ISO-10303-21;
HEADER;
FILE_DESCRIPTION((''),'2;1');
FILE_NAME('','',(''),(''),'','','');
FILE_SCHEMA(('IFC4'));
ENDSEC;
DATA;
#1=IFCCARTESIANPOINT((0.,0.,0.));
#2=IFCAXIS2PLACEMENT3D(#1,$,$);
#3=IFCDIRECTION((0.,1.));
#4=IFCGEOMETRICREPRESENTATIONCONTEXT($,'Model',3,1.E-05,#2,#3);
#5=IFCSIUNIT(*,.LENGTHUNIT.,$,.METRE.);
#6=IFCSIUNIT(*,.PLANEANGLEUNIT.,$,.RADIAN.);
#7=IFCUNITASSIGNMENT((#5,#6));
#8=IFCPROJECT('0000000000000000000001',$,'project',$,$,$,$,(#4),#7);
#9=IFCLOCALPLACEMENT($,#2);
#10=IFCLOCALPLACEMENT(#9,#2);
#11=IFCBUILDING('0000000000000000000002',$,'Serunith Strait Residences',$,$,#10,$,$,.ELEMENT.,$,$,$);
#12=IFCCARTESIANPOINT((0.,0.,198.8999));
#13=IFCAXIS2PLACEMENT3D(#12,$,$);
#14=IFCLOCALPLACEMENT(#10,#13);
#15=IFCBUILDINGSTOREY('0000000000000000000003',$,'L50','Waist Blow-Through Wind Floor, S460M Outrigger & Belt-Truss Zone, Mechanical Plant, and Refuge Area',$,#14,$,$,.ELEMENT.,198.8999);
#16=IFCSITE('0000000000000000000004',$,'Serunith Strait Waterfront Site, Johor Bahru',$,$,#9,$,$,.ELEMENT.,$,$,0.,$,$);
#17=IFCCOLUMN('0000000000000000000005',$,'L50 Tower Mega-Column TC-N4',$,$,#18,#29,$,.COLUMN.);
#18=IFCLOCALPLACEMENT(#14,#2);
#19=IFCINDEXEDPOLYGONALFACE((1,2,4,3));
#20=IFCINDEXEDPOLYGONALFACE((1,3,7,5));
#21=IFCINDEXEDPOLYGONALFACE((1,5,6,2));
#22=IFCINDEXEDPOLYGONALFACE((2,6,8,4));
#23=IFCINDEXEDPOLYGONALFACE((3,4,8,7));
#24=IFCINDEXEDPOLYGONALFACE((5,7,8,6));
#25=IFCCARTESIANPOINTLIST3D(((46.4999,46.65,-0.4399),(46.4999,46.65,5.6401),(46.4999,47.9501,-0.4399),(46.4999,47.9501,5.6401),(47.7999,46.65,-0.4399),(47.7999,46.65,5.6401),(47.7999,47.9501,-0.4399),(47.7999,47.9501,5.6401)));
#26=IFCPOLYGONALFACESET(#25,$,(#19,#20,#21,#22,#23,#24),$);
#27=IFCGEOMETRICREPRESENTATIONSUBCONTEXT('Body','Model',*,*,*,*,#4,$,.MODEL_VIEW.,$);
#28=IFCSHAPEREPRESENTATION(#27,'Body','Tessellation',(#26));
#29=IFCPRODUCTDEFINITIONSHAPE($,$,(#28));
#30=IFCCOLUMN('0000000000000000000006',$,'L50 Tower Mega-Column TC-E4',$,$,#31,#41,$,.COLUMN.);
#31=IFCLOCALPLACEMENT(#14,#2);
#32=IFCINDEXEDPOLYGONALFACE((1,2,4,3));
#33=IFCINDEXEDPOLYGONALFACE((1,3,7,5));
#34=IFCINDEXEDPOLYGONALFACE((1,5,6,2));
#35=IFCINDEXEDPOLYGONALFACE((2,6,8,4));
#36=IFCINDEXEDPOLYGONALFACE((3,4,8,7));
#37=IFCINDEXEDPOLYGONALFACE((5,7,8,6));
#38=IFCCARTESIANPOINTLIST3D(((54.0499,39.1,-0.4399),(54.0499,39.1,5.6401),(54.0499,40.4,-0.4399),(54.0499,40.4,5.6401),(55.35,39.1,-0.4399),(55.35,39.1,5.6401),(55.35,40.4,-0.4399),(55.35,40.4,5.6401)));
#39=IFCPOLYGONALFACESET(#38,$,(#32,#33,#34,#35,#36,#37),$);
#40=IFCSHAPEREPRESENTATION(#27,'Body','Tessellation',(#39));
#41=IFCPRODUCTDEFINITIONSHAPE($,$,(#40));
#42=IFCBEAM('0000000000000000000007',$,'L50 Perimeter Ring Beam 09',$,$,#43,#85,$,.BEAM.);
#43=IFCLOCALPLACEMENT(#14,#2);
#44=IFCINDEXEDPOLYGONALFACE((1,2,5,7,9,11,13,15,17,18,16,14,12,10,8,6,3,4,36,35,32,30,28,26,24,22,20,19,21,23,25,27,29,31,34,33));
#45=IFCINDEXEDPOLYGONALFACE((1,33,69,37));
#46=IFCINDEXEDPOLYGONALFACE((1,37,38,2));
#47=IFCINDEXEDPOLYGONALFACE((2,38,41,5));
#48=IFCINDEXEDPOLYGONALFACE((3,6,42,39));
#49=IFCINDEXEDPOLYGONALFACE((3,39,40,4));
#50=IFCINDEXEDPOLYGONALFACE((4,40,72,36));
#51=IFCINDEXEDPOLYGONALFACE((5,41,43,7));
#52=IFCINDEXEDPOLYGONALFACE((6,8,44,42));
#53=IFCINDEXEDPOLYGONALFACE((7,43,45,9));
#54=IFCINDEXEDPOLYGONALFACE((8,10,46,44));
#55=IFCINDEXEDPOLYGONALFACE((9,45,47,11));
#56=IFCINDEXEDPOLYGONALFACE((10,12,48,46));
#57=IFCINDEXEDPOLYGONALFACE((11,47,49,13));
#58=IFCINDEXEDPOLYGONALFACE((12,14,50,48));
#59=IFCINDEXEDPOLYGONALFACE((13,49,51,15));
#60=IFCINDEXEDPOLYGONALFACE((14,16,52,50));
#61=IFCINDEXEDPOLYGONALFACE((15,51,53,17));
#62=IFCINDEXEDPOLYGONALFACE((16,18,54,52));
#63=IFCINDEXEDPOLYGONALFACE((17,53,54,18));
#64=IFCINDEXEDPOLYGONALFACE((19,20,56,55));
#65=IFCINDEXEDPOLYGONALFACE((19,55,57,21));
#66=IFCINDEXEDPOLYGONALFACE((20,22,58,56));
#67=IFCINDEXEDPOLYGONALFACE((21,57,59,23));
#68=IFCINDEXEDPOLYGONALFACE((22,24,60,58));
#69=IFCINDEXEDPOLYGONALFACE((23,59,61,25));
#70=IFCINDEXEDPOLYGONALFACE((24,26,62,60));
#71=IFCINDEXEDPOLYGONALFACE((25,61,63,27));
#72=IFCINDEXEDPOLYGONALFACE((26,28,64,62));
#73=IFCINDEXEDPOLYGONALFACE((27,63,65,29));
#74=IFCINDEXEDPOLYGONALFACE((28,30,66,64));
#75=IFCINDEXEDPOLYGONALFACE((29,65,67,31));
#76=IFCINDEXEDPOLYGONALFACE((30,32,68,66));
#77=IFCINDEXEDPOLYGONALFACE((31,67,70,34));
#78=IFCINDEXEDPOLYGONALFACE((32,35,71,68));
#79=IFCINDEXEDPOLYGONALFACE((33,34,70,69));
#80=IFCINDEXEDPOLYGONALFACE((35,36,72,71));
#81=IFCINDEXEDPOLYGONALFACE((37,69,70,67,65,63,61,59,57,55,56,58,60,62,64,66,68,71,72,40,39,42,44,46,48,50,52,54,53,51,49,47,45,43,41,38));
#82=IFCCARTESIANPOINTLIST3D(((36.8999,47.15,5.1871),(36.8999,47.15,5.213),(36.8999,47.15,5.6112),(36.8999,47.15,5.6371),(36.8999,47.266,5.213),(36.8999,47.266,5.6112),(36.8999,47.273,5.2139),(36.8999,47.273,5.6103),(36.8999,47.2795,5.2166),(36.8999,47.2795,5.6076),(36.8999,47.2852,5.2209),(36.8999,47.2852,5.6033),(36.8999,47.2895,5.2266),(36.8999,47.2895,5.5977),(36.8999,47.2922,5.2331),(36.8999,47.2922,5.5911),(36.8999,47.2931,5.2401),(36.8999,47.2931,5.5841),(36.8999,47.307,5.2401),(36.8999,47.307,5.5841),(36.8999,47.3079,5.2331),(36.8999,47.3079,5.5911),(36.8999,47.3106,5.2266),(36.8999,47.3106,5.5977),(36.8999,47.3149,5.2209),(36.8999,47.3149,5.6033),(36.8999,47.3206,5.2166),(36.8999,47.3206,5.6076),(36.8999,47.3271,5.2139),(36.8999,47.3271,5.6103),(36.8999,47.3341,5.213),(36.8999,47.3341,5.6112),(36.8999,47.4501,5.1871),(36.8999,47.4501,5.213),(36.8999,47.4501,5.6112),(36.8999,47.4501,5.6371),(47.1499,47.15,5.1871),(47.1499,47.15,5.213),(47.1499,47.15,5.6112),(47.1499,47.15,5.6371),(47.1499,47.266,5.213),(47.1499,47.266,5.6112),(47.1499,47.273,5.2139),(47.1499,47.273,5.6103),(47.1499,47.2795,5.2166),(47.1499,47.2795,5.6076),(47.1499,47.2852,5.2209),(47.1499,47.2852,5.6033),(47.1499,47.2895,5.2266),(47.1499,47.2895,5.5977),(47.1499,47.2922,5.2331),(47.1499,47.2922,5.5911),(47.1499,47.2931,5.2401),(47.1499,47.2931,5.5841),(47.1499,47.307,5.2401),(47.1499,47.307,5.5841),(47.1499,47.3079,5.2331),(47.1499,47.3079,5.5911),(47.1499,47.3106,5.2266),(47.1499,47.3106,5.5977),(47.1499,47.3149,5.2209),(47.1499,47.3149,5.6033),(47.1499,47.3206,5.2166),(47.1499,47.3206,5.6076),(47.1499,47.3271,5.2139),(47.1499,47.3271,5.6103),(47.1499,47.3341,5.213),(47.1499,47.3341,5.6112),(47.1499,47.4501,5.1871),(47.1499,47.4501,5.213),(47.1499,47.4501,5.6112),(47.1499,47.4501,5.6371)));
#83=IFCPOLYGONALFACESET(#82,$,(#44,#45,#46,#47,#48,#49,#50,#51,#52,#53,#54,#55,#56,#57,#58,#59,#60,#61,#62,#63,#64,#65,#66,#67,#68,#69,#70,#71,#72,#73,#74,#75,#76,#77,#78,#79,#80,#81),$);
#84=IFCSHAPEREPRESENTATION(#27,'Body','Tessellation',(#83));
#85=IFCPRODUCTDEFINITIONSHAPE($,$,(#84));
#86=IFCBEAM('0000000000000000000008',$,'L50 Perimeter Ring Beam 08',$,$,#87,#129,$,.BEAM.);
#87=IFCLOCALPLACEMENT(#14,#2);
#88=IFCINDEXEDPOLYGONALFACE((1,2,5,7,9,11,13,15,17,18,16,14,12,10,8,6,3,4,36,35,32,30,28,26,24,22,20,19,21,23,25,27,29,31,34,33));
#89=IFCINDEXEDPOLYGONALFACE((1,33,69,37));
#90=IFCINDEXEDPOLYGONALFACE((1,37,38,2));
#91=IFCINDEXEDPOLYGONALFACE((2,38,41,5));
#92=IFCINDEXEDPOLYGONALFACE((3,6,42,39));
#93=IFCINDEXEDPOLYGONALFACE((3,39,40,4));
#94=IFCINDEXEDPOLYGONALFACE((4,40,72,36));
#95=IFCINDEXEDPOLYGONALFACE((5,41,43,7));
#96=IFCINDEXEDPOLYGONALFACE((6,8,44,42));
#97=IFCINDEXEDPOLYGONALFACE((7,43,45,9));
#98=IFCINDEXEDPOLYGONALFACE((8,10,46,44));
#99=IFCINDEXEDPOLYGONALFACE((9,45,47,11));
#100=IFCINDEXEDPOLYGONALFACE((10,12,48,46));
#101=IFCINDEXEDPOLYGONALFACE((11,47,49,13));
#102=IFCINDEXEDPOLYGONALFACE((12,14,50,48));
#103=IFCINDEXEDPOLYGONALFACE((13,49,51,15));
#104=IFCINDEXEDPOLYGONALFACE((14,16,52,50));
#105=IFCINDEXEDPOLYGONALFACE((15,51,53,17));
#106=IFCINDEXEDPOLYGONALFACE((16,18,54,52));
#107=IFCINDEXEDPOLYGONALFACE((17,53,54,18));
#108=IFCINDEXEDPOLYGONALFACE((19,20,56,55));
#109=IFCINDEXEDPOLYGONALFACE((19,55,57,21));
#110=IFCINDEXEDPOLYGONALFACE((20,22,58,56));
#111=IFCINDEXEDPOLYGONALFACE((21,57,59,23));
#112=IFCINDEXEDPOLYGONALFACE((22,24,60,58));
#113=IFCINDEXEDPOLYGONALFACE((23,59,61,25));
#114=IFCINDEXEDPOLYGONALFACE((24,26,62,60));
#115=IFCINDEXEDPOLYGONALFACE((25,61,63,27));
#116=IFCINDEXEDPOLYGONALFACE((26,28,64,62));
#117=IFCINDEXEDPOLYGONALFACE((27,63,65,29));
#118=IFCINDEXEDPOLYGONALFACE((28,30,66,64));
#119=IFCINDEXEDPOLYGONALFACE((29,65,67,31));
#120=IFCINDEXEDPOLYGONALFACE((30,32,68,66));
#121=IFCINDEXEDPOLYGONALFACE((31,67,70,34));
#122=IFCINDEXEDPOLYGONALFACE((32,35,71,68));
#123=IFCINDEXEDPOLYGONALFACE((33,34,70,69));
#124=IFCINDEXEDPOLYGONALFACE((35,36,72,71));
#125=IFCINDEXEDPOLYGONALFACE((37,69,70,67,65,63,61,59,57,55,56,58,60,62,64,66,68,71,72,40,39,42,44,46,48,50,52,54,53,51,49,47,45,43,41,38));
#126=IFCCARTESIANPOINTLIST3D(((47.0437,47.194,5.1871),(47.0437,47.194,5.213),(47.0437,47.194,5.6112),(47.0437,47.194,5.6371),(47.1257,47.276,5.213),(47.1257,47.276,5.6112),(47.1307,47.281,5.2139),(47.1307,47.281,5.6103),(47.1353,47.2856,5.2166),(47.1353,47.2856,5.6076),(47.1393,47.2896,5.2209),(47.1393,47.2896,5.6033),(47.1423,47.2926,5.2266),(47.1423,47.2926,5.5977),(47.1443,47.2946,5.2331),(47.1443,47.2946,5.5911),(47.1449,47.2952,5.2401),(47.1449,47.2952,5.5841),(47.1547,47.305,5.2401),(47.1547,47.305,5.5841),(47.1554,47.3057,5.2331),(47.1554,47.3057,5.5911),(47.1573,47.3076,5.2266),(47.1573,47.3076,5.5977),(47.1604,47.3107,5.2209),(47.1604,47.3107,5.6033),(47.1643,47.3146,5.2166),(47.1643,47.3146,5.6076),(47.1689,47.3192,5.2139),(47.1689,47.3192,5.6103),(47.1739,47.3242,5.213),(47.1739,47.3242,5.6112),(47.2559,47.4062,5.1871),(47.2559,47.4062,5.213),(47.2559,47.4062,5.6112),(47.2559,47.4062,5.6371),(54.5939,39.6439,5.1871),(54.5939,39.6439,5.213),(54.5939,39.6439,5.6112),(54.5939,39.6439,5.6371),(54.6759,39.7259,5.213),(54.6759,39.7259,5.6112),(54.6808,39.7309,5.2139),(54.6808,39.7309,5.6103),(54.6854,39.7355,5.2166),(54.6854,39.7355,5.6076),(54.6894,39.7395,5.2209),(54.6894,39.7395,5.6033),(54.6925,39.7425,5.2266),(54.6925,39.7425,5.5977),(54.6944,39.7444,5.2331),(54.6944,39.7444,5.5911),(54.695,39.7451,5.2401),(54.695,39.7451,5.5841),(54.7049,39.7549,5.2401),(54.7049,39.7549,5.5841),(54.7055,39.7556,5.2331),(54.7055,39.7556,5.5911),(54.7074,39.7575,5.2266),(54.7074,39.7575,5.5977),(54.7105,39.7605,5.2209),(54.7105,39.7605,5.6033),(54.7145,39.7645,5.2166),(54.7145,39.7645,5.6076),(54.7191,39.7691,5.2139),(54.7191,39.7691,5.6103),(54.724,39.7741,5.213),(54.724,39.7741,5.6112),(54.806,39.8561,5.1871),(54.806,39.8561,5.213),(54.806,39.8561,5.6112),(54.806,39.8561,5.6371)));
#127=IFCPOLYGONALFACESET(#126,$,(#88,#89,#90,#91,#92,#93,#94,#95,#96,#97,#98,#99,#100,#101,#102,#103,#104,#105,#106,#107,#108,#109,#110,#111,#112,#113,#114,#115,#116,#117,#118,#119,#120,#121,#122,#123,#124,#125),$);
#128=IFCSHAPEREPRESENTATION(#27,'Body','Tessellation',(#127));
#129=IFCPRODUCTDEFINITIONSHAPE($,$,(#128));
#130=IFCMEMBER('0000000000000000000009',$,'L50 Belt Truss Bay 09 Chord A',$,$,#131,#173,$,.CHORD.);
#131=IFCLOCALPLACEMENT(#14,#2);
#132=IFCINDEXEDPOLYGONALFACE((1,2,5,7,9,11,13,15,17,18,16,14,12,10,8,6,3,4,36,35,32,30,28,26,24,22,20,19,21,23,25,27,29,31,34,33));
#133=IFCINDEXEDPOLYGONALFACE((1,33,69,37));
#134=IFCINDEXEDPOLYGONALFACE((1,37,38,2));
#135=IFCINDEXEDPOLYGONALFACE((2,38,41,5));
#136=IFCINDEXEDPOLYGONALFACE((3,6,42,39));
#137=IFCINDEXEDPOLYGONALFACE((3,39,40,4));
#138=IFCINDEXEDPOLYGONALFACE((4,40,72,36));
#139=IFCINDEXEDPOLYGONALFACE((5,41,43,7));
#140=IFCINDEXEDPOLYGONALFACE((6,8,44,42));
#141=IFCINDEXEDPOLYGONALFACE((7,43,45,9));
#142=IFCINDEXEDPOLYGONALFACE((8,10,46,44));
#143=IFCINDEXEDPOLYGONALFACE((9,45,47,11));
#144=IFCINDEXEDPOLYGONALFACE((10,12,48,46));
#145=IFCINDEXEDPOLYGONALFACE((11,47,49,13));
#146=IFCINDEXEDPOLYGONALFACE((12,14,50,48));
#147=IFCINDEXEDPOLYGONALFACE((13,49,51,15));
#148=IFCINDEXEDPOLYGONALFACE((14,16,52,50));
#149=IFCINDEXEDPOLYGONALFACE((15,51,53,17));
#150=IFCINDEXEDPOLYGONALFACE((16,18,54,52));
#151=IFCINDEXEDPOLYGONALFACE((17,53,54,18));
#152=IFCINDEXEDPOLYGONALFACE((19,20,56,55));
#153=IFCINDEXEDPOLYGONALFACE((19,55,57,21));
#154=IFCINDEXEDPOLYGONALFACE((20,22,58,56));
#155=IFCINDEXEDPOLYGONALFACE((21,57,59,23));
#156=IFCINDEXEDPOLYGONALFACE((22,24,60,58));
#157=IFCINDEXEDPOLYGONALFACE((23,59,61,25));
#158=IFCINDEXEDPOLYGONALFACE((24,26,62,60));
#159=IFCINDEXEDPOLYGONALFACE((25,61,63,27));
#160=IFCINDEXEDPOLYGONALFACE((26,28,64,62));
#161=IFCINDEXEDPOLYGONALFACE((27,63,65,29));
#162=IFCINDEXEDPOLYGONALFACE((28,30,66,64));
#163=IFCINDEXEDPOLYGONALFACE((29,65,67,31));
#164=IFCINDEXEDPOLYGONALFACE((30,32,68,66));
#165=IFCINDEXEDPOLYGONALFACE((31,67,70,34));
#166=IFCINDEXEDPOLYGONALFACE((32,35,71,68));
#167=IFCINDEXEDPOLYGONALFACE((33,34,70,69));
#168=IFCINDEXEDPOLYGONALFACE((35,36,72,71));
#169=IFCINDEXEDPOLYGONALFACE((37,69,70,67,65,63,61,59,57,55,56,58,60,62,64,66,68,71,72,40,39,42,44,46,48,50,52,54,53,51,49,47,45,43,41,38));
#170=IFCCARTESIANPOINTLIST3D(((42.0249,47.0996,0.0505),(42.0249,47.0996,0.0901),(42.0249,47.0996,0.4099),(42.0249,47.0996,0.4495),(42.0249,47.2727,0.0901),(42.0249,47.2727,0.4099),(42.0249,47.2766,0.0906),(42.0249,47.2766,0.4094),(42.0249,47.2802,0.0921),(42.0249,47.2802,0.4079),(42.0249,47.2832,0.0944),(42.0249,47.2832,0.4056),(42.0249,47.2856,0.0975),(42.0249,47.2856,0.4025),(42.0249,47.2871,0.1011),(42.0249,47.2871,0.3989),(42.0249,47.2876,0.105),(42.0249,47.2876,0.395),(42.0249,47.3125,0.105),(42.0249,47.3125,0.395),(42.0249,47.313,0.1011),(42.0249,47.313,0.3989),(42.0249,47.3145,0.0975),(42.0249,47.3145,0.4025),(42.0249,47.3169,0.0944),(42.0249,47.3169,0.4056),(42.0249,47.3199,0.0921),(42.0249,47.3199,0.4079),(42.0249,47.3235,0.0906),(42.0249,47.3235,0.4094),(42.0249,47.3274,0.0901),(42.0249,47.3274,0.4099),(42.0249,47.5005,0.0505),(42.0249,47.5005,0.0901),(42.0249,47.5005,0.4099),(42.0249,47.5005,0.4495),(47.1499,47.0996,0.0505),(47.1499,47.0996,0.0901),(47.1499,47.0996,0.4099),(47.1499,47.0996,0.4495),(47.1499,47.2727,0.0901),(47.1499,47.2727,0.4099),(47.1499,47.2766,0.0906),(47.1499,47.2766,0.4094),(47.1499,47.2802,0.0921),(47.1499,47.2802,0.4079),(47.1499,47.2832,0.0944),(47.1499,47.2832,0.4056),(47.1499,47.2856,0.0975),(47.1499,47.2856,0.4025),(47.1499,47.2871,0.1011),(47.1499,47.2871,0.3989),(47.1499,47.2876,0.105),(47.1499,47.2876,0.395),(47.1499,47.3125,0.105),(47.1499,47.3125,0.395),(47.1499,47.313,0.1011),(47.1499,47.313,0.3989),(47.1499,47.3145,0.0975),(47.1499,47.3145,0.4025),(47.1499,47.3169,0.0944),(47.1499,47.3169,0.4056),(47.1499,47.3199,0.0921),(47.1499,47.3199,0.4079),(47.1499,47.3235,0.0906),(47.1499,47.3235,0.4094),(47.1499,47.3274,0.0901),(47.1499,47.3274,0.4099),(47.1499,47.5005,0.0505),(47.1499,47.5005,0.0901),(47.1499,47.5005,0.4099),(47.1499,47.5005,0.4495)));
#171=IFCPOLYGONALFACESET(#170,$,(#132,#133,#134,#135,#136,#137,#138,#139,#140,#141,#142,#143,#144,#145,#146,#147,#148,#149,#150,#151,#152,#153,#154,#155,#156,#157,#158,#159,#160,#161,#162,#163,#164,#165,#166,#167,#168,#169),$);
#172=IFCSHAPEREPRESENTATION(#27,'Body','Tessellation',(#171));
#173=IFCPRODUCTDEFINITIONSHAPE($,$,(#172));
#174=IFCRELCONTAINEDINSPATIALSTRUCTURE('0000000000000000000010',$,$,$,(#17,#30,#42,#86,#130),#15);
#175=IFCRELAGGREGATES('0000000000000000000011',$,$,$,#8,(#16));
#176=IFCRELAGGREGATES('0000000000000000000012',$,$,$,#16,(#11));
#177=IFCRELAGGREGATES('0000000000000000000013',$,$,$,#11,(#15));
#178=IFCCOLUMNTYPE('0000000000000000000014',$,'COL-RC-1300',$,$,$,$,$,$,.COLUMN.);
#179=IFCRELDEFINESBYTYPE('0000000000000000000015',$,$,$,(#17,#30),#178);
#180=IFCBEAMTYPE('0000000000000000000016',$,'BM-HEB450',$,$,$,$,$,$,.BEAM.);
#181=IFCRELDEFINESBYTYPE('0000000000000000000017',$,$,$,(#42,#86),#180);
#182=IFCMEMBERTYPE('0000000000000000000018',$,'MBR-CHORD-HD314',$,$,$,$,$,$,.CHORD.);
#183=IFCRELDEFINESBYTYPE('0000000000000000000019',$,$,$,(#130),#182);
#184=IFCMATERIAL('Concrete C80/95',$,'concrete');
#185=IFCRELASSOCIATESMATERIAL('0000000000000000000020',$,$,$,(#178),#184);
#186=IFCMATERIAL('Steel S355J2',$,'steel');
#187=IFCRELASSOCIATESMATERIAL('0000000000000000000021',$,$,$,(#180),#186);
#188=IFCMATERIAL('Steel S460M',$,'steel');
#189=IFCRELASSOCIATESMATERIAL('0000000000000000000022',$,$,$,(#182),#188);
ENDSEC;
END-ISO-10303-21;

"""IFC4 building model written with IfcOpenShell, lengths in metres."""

from ifc_helpers import new_model, si_unit, direction, frame, origin, origin_2d, place, context, subcontext, project, spatial, rectangle, i_section, extrude, source, transform, mapped, material, material_profile, profile_set, type_object, element, save


model = new_model("IFC4")

# Units and contexts
model_context = context("Model", 3, precision=1e-05, world=origin(), true_north=direction((0.0, 1.0)))
body_context = subcontext(model_context, "Body", "Model", "MODEL_VIEW")
ifc_project = project(units=[si_unit("LENGTHUNIT", "METRE"), si_unit("PLANEANGLEUNIT", "RADIAN")], contexts=[model_context])

# Site, building, storey
site_placement = place(None, origin())
site = spatial("IfcSite", under=ifc_project, at=site_placement, Name="Serunith Strait Waterfront Site, Johor Bahru", CompositionType="ELEMENT", RefElevation=0.0)
building_placement = place(site_placement, origin())
building = spatial("IfcBuilding", under=site, at=building_placement, Name="Serunith Strait Residences", CompositionType="ELEMENT")
storey_placement = place(building_placement, frame((0.0, 0.0, 198.8999)))
storey = spatial("IfcBuildingStorey", under=building, at=storey_placement, Name="L50", Description="Waist Blow-Through Wind Floor, S460M Outrigger & Belt-Truss Zone, Mechanical Plant, and Refuge Area", CompositionType="ELEMENT", Elevation=198.8999)

# Columns
ifc_material_1 = material(Name="Concrete C80/95", Category="concrete")
ifc_material_profile_1 = material_profile(ifc_material_1, rectangle(XDim=1.3, YDim=1.3, at=origin_2d()), Name="RC 1300x1300")
ifc_profile_set_1 = profile_set([ifc_material_profile_1], Name="Concrete C80/95")
column_type = type_object("IfcColumnType", Name="COL-RC-1300", PredefinedType="COLUMN", material=ifc_profile_set_1)
shared_shape_1 = source(origin(), body_context, "Body", "SweptSolid", [
    extrude(rectangle(XDim=1.3, YDim=1.3, at=origin_2d()), origin(), (0.0, 0.0, 1.0), 6.0801),
])
for number, where, z_axis, x_axis, name in (
    (1, (47.1499, 47.3, -0.4399), (0.0, 0.0, 1.0), (1.0, 0.0, 0.0), "L50 Tower Mega-Column TC-N4"),
    (2, (54.7, 39.75, -0.4399), (0.0, 0.0, 1.0), (1.0, 0.0, 0.0), "L50 Tower Mega-Column TC-E4"),
):
    element("IfcColumn", number, at=place(storey_placement, frame(where, z_axis=z_axis, x_axis=x_axis)), inside=storey, type_object=column_type, Name=name, PredefinedType="COLUMN", context=body_context, shape_type="MappedRepresentation", body=[
        mapped(shared_shape_1, transform((0.0, 0.0, 0.0), scale=1.0)),
    ])

# Beams
ifc_material_2 = material(Name="Steel S355J2", Category="steel")
ifc_material_profile_2 = material_profile(ifc_material_2, i_section(OverallWidth=0.3, OverallDepth=0.45, WebThickness=0.0139, FlangeThickness=0.0259, FilletRadius=0.0271, at=origin_2d()), Name="HEB 450")
ifc_profile_set_2 = profile_set([ifc_material_profile_2], Name="Steel S355J2")
beam_type = type_object("IfcBeamType", Name="BM-HEB450", PredefinedType="BEAM", material=ifc_profile_set_2)
shared_shape_2 = source(origin(), body_context, "Body", "SweptSolid", [
    extrude(i_section(OverallWidth=0.3, OverallDepth=0.45, WebThickness=0.0139, FlangeThickness=0.0259, FilletRadius=0.0271, at=origin_2d()), origin(), (0.0, 0.0, 1.0), 10.25),
])
beam_1_placement = place(storey_placement, frame((47.1499, 47.3, 5.4121), z_axis=(-1.0, 0.0, 0.0), x_axis=(0.0, -1.0, 0.0)))
element("IfcBeam", 3, at=beam_1_placement, inside=storey, type_object=beam_type, Name="L50 Perimeter Ring Beam 09", PredefinedType="BEAM", context=body_context, shape_type="MappedRepresentation", body=[
    mapped(shared_shape_2, transform((0.0, 0.0, 0.0), scale=1.0)),
])
shared_shape_3 = source(origin(), body_context, "Body", "SweptSolid", [
    extrude(i_section(OverallWidth=0.3, OverallDepth=0.45, WebThickness=0.0139, FlangeThickness=0.0259, FilletRadius=0.0271, at=origin_2d()), origin(), (0.0, 0.0, 1.0), 10.6775),
])
beam_2_placement = place(storey_placement, frame((54.7, 39.75, 5.4121), z_axis=(-0.707107, 0.707107, 0.0), x_axis=(-0.707107, -0.707107, 0.0)))
element("IfcBeam", 4, at=beam_2_placement, inside=storey, type_object=beam_type, Name="L50 Perimeter Ring Beam 08", PredefinedType="BEAM", context=body_context, shape_type="MappedRepresentation", body=[
    mapped(shared_shape_3, transform((0.0, 0.0, 0.0), scale=1.0)),
])

# Member
ifc_material_3 = material(Name="Steel S460M", Category="steel")
ifc_material_profile_3 = material_profile(ifc_material_3, i_section(OverallWidth=0.4009, OverallDepth=0.3989, WebThickness=0.0249, FlangeThickness=0.0396, FilletRadius=0.0149, at=origin_2d()), Name="HD 400x314")
ifc_profile_set_3 = profile_set([ifc_material_profile_3], Name="Steel S460M")
member_type_1 = type_object("IfcMemberType", Name="MBR-CHORD-HD314", PredefinedType="CHORD", material=ifc_profile_set_3)
shared_shape_4 = source(origin(), body_context, "Body", "SweptSolid", [
    extrude(i_section(OverallWidth=0.4009, OverallDepth=0.3989, WebThickness=0.0249, FlangeThickness=0.0396, FilletRadius=0.0149, at=origin_2d()), origin(), (0.0, 0.0, 1.0), 5.125),
])
for number, where, z_axis, x_axis, name in (
    (5, (47.1499, 47.3, 0.25), (-1.0, 0.0, 0.0), (0.0, -1.0, 0.0), "L50 Belt Truss Bay 09 Chord A"),
):
    element("IfcMember", number, at=place(storey_placement, frame(where, z_axis=z_axis, x_axis=x_axis)), inside=storey, type_object=member_type_1, Name=name, PredefinedType="CHORD", context=body_context, shape_type="MappedRepresentation", body=[
        mapped(shared_shape_4, transform((0.0, 0.0, 0.0), scale=1.0)),
    ])

save(model, "model.ifc")
